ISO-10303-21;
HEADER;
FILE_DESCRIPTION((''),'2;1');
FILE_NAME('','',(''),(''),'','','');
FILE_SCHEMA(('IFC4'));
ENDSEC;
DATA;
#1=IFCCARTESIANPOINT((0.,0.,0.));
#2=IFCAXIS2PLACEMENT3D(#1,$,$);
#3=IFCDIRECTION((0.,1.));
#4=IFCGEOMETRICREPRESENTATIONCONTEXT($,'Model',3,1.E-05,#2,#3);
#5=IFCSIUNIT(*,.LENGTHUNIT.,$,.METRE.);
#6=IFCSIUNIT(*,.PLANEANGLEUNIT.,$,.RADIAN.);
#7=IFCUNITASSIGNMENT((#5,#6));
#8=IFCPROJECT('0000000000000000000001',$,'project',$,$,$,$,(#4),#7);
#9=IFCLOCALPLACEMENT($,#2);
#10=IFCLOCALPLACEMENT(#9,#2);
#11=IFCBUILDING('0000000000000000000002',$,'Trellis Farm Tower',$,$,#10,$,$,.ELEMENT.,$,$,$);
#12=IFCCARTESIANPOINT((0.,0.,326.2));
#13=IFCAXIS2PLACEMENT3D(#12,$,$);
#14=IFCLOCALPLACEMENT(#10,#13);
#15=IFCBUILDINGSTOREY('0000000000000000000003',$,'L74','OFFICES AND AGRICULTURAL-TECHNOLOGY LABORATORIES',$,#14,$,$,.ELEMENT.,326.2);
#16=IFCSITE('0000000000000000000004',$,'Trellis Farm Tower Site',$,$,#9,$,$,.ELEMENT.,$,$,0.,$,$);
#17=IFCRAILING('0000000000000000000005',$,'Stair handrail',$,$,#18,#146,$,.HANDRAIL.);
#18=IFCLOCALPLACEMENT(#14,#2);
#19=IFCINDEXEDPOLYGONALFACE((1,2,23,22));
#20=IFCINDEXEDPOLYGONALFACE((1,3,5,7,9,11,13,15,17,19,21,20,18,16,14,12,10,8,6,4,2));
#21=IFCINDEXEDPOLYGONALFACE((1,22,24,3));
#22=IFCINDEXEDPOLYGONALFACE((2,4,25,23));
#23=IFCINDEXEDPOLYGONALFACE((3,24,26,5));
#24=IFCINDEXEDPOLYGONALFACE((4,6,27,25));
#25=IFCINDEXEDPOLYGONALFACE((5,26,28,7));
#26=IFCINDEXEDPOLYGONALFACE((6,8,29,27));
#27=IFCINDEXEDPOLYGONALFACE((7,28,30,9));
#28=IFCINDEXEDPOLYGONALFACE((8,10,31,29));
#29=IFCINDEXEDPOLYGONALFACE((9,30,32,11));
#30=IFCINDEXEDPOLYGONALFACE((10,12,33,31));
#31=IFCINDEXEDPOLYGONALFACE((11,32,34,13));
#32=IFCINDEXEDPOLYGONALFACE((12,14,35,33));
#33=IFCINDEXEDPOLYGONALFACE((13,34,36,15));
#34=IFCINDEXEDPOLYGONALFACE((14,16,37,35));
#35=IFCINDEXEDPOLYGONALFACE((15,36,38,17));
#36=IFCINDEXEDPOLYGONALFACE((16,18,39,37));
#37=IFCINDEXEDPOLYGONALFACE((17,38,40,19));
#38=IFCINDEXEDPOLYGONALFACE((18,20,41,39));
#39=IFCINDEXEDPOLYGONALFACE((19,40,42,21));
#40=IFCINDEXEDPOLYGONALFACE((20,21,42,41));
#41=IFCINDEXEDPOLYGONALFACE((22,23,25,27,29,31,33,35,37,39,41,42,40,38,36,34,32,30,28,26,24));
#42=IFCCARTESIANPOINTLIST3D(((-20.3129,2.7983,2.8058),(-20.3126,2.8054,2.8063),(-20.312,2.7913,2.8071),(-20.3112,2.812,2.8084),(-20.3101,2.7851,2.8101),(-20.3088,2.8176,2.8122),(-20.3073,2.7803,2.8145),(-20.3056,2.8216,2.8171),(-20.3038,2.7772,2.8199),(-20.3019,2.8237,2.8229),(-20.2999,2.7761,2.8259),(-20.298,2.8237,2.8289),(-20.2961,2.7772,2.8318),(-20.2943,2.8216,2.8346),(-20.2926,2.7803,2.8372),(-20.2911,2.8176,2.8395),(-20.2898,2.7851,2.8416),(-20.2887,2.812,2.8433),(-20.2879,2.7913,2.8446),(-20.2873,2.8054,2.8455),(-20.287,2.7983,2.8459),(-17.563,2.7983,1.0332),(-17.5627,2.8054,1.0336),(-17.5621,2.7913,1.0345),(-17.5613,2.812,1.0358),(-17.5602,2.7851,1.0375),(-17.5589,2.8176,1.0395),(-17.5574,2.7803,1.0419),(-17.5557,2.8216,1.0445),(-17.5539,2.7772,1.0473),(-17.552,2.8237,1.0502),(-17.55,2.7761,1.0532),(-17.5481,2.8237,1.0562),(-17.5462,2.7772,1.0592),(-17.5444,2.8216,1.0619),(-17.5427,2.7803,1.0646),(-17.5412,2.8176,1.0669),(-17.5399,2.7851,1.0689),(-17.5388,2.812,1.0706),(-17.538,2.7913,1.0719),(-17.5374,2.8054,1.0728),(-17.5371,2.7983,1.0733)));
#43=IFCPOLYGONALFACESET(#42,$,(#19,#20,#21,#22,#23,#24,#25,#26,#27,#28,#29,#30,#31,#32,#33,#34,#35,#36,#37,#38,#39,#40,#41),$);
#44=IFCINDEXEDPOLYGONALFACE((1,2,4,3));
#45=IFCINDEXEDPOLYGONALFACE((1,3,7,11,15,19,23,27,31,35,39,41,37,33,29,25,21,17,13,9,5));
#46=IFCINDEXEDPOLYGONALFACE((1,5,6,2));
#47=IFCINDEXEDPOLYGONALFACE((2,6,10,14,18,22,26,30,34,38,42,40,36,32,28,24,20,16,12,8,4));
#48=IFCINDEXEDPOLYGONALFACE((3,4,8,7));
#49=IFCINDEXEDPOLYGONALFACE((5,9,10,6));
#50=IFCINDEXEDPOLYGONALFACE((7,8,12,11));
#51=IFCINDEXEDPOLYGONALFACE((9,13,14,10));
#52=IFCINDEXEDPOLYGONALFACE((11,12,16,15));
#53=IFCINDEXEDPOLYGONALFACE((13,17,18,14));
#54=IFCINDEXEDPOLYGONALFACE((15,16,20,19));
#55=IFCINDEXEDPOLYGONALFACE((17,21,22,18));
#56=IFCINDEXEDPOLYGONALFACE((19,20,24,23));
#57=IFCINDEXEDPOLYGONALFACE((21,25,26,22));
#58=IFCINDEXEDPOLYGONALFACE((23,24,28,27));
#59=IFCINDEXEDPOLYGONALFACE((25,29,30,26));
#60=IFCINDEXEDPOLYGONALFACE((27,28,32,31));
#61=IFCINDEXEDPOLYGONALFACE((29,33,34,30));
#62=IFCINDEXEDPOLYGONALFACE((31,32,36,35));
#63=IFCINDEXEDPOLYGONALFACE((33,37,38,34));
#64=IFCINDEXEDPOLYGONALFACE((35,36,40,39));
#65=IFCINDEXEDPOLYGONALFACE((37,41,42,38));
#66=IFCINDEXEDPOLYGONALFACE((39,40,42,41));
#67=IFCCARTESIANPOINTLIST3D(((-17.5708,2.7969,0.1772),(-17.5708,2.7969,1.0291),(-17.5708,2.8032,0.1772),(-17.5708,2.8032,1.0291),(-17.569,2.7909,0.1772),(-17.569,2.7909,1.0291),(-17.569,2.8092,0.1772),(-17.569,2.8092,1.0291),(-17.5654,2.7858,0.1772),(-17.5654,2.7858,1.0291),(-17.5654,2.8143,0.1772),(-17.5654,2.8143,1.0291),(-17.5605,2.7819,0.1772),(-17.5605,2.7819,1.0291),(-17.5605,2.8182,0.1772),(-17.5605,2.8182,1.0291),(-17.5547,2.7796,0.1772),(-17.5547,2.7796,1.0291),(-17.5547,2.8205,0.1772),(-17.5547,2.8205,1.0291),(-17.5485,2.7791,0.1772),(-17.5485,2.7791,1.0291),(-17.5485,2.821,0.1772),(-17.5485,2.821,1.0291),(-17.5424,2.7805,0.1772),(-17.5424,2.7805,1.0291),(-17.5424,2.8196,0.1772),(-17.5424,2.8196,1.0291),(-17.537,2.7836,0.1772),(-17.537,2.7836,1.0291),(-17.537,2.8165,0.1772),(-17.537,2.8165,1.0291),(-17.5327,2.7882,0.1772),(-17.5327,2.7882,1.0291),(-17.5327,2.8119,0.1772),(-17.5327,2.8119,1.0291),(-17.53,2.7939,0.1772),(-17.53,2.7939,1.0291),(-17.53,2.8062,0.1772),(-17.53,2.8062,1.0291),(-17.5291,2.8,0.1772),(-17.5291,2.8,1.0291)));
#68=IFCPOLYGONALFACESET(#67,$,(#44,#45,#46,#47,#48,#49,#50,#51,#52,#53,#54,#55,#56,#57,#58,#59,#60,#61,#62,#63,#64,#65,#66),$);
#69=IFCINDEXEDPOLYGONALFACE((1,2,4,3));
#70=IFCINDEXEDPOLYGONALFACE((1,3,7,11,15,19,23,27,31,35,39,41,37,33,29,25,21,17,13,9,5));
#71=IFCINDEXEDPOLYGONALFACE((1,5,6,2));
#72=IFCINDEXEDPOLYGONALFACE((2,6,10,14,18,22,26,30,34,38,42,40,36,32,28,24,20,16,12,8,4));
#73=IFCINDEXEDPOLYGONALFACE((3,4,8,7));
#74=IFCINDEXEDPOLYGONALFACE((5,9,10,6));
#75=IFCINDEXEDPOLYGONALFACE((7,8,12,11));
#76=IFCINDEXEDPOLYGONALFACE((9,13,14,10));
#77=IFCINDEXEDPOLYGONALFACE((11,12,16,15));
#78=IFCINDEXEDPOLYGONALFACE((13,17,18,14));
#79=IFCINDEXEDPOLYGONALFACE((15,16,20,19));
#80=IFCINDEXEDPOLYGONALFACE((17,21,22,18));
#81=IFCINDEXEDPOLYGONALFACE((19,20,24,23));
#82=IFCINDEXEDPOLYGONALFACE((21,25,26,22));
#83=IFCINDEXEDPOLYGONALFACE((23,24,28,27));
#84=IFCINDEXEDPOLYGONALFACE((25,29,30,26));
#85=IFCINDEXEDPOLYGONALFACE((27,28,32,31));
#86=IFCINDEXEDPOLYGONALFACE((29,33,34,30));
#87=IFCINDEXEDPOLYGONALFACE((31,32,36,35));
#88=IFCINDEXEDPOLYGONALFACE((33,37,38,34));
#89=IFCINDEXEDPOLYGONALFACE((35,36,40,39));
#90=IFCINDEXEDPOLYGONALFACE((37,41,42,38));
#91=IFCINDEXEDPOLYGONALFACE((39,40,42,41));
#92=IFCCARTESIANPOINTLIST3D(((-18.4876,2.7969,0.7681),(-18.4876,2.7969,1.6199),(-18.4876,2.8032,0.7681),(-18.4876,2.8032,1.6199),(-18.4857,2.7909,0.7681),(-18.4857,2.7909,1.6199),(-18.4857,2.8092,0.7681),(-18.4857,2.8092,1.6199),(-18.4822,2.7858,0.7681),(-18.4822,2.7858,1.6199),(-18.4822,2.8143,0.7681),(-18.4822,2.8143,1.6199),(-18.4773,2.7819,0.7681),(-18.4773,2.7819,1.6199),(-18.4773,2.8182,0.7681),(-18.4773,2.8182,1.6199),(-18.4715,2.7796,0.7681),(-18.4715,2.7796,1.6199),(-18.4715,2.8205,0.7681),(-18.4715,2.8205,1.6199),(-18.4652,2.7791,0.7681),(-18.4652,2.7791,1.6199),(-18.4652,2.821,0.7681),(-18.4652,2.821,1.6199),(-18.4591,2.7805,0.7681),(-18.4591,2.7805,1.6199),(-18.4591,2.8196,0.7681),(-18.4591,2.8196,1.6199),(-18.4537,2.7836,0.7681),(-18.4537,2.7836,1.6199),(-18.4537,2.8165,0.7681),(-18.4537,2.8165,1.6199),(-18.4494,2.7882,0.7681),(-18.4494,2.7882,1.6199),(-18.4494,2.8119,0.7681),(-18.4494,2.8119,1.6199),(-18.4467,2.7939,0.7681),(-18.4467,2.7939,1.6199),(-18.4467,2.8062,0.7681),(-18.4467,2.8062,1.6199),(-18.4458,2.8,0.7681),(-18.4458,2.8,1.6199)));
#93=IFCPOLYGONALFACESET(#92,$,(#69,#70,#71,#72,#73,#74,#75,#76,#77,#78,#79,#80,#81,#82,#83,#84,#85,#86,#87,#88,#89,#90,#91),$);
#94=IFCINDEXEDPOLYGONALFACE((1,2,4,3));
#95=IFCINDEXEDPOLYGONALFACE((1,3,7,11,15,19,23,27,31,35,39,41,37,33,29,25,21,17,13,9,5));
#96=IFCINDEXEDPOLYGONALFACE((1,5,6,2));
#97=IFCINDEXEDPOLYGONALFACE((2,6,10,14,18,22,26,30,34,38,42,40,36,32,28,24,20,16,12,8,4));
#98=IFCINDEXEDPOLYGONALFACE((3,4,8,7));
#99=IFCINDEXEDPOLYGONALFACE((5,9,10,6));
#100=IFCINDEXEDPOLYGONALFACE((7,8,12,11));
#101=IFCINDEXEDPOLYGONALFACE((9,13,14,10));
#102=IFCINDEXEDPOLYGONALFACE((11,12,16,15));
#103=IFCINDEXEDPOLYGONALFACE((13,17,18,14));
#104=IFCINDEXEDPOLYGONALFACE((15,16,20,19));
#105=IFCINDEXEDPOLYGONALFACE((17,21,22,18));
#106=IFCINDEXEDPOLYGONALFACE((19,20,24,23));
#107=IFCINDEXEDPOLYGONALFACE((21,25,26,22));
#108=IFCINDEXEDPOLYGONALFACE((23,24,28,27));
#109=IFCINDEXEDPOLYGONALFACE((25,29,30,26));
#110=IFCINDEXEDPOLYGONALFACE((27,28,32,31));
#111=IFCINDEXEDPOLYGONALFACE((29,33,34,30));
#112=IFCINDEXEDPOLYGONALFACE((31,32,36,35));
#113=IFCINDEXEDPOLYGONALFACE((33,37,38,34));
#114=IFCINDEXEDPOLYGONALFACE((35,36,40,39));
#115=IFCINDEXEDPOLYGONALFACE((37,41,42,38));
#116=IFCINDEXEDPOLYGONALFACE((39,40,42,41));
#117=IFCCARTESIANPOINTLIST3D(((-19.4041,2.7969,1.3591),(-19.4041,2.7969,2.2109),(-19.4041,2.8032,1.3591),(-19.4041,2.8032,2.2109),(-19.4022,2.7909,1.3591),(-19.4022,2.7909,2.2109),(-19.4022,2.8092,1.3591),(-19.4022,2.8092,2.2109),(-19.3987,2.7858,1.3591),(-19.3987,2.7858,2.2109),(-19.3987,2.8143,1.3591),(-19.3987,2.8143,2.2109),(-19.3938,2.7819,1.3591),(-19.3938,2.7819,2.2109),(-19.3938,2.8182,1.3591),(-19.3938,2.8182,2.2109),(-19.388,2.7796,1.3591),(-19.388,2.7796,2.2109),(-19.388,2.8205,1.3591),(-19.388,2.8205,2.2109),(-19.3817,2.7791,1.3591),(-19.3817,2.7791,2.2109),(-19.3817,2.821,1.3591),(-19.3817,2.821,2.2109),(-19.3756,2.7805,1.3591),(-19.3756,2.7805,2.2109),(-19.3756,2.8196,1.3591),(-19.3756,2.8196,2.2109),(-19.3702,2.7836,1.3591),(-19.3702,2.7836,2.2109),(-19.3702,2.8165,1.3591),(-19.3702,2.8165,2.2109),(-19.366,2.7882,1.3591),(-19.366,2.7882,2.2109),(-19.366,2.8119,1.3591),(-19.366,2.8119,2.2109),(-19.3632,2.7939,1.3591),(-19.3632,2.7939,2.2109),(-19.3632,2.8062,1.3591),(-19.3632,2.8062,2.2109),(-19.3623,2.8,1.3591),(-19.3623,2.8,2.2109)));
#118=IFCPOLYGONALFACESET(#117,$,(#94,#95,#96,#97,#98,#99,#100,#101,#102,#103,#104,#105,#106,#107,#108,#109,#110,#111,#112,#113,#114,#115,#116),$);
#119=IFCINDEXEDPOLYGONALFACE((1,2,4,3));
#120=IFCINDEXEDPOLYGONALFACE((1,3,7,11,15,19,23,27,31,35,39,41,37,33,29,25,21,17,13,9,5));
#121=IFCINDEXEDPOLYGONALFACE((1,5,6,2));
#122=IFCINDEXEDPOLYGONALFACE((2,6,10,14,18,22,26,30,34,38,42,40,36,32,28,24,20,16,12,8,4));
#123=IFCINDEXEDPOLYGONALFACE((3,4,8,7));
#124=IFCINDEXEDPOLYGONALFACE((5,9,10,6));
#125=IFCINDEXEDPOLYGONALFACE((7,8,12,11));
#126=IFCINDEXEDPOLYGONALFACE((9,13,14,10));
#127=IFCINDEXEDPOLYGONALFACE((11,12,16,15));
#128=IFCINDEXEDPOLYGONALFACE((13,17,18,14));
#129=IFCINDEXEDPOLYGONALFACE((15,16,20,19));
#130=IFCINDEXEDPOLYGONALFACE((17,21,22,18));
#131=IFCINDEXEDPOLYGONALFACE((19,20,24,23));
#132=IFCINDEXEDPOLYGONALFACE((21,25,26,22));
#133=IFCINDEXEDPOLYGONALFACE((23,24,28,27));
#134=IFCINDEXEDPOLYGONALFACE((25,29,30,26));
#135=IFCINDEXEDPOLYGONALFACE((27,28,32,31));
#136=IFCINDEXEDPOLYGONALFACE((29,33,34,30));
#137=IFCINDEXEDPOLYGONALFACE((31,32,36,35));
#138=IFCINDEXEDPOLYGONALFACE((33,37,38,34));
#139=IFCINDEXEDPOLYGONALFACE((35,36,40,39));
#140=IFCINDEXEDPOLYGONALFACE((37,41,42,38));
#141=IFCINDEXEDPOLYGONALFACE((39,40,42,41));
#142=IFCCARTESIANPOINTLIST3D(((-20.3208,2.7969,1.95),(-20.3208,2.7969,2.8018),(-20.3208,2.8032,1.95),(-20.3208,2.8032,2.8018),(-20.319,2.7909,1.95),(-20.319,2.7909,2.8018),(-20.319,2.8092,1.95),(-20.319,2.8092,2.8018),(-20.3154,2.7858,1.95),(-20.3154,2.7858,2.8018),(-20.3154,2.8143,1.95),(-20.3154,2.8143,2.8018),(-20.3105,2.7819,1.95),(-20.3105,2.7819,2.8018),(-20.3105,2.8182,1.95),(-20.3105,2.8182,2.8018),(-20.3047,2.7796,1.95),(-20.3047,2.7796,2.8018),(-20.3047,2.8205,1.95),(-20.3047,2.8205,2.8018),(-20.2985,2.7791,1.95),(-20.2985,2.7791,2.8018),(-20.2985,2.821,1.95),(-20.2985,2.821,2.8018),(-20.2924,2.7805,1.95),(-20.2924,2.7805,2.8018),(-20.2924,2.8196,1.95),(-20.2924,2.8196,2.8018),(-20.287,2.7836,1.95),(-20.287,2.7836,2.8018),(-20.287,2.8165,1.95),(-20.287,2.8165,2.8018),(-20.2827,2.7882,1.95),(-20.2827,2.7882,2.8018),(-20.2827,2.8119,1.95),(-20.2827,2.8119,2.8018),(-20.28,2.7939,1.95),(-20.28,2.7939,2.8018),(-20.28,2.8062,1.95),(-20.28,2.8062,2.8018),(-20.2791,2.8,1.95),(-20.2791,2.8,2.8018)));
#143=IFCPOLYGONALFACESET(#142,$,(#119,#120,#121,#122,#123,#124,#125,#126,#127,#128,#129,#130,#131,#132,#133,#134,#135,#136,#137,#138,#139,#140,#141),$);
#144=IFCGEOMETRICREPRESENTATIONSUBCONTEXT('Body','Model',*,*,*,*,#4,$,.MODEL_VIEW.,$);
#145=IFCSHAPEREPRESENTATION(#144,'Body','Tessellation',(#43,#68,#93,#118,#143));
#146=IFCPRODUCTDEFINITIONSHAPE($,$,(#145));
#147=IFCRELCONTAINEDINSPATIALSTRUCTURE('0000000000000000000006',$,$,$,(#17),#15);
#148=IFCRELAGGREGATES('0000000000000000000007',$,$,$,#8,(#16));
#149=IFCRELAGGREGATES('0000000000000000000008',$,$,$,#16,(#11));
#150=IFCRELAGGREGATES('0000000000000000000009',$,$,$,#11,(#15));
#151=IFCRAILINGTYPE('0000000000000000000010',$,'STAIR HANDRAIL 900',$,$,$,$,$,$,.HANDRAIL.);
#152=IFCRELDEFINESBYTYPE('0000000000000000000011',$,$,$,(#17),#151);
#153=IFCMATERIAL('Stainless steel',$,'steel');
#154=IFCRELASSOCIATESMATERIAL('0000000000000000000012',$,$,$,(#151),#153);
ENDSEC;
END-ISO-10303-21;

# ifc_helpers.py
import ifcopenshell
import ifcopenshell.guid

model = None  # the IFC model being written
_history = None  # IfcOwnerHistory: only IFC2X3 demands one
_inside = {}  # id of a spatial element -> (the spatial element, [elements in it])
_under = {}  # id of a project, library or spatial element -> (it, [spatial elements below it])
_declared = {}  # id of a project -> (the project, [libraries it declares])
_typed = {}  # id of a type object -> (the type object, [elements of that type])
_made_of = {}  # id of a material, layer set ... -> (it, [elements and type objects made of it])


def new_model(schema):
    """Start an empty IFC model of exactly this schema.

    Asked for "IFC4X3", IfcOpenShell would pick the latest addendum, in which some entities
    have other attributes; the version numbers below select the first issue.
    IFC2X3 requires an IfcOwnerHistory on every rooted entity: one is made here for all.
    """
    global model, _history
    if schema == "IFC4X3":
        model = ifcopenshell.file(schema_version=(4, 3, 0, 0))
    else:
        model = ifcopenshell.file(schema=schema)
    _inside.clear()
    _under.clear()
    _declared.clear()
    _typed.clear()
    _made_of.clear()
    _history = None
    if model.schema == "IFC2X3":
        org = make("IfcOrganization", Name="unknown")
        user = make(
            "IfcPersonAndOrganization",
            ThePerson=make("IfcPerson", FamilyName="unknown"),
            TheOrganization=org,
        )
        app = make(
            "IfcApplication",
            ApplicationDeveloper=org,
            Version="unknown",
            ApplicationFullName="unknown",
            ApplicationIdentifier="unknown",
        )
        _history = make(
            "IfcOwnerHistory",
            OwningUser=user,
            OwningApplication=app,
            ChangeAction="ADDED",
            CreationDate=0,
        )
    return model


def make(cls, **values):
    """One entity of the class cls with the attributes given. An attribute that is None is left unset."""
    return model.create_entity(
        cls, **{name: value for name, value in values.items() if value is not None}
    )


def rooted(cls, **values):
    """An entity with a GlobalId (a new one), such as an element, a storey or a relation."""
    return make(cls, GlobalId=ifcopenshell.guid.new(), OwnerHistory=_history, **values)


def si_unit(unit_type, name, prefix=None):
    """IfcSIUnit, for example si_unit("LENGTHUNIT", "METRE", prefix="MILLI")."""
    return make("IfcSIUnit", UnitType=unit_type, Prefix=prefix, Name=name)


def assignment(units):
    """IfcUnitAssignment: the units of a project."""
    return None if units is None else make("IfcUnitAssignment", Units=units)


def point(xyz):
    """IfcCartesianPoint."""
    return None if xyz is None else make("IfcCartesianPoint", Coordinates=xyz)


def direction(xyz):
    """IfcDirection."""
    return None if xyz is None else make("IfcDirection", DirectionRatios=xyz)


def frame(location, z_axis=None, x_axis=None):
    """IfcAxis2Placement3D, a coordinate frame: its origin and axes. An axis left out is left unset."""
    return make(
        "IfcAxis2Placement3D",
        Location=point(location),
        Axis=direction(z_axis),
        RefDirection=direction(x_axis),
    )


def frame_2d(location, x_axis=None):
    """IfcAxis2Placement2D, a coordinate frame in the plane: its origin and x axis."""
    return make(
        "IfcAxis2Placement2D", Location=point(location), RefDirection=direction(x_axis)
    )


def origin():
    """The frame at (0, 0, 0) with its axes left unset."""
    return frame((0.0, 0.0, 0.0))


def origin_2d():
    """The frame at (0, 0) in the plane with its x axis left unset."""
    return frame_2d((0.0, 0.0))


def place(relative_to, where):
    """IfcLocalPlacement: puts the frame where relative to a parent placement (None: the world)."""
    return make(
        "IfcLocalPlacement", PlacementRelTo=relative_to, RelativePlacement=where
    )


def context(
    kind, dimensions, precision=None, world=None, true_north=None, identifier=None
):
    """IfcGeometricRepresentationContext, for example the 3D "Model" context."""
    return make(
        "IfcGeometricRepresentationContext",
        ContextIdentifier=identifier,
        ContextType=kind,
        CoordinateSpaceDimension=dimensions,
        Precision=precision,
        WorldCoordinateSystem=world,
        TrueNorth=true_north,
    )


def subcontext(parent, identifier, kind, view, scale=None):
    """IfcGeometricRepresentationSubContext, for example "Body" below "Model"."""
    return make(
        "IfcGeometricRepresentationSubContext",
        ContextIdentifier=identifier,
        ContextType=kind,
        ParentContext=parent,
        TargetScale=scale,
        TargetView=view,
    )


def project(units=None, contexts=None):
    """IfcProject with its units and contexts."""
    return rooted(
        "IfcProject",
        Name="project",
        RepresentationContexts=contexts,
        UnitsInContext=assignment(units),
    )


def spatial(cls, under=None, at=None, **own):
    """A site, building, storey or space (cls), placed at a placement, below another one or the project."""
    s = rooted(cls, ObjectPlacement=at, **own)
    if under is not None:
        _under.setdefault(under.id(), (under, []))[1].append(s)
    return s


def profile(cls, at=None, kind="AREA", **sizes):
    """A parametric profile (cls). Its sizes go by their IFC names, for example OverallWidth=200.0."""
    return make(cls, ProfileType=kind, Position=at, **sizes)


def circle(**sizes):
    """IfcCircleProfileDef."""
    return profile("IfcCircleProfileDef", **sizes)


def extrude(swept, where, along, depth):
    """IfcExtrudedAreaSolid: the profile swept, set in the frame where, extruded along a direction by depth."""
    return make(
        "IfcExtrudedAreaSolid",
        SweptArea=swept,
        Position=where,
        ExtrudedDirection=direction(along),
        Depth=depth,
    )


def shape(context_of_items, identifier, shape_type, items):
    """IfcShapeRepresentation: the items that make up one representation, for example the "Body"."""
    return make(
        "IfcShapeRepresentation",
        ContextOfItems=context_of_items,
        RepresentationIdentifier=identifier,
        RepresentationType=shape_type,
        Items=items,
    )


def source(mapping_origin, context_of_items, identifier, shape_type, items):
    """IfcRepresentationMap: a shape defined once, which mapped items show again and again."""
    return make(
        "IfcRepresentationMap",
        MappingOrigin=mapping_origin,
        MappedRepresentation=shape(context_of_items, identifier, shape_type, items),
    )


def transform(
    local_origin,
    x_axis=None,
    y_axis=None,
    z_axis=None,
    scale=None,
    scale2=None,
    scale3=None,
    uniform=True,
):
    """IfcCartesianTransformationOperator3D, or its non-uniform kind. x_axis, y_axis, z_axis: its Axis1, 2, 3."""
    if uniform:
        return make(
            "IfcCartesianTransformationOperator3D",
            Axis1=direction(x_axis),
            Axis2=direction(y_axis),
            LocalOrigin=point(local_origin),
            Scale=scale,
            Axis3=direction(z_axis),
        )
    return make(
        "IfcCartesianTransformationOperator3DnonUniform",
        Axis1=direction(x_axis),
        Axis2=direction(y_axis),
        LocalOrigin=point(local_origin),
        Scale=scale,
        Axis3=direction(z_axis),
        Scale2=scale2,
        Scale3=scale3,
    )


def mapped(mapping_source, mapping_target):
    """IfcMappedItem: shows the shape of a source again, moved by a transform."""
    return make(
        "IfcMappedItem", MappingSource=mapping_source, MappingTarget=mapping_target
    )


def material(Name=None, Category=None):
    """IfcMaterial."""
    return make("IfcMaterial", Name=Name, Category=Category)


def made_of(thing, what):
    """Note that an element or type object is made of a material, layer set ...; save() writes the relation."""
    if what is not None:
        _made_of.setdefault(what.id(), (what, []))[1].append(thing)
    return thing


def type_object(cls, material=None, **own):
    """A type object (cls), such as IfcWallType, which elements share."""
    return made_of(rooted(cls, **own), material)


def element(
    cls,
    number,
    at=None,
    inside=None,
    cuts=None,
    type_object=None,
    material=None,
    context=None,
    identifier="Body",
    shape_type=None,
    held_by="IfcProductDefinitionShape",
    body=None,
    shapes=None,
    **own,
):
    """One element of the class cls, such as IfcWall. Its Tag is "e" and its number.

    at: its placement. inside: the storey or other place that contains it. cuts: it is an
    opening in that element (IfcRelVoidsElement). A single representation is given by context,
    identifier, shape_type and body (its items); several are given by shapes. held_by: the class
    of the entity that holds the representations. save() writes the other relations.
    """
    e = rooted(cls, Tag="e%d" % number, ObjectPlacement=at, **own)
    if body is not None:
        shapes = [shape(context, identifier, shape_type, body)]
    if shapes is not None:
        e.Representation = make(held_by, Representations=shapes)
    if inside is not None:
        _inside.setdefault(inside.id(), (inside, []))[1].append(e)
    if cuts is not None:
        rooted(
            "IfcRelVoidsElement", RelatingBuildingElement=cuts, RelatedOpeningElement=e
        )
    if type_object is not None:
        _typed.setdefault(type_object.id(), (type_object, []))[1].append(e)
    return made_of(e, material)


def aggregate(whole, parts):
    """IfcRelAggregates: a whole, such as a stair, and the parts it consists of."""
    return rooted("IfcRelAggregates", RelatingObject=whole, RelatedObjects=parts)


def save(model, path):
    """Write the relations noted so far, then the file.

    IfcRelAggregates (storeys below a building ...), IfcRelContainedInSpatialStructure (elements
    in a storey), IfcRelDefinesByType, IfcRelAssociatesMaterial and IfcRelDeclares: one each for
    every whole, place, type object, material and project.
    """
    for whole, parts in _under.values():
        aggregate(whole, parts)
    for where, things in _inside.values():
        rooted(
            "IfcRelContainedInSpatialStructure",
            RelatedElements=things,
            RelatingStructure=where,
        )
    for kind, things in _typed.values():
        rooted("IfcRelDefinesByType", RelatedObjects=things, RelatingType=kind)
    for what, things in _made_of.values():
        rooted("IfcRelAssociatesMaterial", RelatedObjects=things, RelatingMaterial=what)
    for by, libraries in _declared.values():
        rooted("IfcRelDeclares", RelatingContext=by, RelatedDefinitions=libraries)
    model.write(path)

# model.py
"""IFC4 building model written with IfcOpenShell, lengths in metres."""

from ifc_helpers import new_model, si_unit, direction, frame, origin, origin_2d, place, context, subcontext, project, spatial, circle, extrude, source, transform, mapped, material, type_object, element, save


model = new_model("IFC4")

# Units and contexts
model_context = context("Model", 3, precision=1e-05, world=origin(), true_north=direction((0.0, 1.0)))
body_context = subcontext(model_context, "Body", "Model", "MODEL_VIEW")
ifc_project = project(units=[si_unit("LENGTHUNIT", "METRE"), si_unit("PLANEANGLEUNIT", "RADIAN")], contexts=[model_context])

# Site, building, storey
site_placement = place(None, origin())
site = spatial("IfcSite", under=ifc_project, at=site_placement, Name="Trellis Farm Tower Site", CompositionType="ELEMENT", RefElevation=0.0)
building_placement = place(site_placement, origin())
building = spatial("IfcBuilding", under=site, at=building_placement, Name="Trellis Farm Tower", CompositionType="ELEMENT")
storey_placement = place(building_placement, frame((0.0, 0.0, 326.2)))
storey = spatial("IfcBuildingStorey", under=building, at=storey_placement, Name="L74", Description="OFFICES AND AGRICULTURAL-TECHNOLOGY LABORATORIES", CompositionType="ELEMENT", Elevation=326.2)

# Railing
ifc_material_1 = material(Name="Stainless steel", Category="steel")
railing_type = type_object("IfcRailingType", Name="STAIR HANDRAIL 900", PredefinedType="HANDRAIL", material=ifc_material_1)
shared_shape_1 = source(origin(), body_context, "Body", "SweptSolid", [
    extrude(circle(Radius=0.0239, at=origin_2d()), frame((0.0, 0.0, 0.876), z_axis=(-0.840504, 0.0, 0.541806), x_axis=(0.0, -1.0, 0.0)), (0.0, 0.0, 1.0), 3.2717),
    extrude(circle(Radius=0.021, at=origin_2d()), origin(), (0.0, 0.0, 1.0), 0.8518),
    extrude(circle(Radius=0.021, at=origin_2d()), frame((-0.9167, 0.0, 0.5908)), (0.0, 0.0, 1.0), 0.8518),
    extrude(circle(Radius=0.021, at=origin_2d()), frame((-1.8333, 0.0, 1.1819)), (0.0, 0.0, 1.0), 0.8518),
    extrude(circle(Radius=0.021, at=origin_2d()), frame((-2.75, 0.0, 1.7727)), (0.0, 0.0, 1.0), 0.8518),
])
for number, where, name in (
    (1, (-17.55, 2.8, 0.1772), "Stair handrail"),
):
    element("IfcRailing", number, at=place(storey_placement, frame(where)), inside=storey, type_object=railing_type, Name=name, PredefinedType="HANDRAIL", context=body_context, shape_type="MappedRepresentation", body=[
        mapped(shared_shape_1, transform((0.0, 0.0, 0.0))),
    ])

save(model, "model.ifc")
